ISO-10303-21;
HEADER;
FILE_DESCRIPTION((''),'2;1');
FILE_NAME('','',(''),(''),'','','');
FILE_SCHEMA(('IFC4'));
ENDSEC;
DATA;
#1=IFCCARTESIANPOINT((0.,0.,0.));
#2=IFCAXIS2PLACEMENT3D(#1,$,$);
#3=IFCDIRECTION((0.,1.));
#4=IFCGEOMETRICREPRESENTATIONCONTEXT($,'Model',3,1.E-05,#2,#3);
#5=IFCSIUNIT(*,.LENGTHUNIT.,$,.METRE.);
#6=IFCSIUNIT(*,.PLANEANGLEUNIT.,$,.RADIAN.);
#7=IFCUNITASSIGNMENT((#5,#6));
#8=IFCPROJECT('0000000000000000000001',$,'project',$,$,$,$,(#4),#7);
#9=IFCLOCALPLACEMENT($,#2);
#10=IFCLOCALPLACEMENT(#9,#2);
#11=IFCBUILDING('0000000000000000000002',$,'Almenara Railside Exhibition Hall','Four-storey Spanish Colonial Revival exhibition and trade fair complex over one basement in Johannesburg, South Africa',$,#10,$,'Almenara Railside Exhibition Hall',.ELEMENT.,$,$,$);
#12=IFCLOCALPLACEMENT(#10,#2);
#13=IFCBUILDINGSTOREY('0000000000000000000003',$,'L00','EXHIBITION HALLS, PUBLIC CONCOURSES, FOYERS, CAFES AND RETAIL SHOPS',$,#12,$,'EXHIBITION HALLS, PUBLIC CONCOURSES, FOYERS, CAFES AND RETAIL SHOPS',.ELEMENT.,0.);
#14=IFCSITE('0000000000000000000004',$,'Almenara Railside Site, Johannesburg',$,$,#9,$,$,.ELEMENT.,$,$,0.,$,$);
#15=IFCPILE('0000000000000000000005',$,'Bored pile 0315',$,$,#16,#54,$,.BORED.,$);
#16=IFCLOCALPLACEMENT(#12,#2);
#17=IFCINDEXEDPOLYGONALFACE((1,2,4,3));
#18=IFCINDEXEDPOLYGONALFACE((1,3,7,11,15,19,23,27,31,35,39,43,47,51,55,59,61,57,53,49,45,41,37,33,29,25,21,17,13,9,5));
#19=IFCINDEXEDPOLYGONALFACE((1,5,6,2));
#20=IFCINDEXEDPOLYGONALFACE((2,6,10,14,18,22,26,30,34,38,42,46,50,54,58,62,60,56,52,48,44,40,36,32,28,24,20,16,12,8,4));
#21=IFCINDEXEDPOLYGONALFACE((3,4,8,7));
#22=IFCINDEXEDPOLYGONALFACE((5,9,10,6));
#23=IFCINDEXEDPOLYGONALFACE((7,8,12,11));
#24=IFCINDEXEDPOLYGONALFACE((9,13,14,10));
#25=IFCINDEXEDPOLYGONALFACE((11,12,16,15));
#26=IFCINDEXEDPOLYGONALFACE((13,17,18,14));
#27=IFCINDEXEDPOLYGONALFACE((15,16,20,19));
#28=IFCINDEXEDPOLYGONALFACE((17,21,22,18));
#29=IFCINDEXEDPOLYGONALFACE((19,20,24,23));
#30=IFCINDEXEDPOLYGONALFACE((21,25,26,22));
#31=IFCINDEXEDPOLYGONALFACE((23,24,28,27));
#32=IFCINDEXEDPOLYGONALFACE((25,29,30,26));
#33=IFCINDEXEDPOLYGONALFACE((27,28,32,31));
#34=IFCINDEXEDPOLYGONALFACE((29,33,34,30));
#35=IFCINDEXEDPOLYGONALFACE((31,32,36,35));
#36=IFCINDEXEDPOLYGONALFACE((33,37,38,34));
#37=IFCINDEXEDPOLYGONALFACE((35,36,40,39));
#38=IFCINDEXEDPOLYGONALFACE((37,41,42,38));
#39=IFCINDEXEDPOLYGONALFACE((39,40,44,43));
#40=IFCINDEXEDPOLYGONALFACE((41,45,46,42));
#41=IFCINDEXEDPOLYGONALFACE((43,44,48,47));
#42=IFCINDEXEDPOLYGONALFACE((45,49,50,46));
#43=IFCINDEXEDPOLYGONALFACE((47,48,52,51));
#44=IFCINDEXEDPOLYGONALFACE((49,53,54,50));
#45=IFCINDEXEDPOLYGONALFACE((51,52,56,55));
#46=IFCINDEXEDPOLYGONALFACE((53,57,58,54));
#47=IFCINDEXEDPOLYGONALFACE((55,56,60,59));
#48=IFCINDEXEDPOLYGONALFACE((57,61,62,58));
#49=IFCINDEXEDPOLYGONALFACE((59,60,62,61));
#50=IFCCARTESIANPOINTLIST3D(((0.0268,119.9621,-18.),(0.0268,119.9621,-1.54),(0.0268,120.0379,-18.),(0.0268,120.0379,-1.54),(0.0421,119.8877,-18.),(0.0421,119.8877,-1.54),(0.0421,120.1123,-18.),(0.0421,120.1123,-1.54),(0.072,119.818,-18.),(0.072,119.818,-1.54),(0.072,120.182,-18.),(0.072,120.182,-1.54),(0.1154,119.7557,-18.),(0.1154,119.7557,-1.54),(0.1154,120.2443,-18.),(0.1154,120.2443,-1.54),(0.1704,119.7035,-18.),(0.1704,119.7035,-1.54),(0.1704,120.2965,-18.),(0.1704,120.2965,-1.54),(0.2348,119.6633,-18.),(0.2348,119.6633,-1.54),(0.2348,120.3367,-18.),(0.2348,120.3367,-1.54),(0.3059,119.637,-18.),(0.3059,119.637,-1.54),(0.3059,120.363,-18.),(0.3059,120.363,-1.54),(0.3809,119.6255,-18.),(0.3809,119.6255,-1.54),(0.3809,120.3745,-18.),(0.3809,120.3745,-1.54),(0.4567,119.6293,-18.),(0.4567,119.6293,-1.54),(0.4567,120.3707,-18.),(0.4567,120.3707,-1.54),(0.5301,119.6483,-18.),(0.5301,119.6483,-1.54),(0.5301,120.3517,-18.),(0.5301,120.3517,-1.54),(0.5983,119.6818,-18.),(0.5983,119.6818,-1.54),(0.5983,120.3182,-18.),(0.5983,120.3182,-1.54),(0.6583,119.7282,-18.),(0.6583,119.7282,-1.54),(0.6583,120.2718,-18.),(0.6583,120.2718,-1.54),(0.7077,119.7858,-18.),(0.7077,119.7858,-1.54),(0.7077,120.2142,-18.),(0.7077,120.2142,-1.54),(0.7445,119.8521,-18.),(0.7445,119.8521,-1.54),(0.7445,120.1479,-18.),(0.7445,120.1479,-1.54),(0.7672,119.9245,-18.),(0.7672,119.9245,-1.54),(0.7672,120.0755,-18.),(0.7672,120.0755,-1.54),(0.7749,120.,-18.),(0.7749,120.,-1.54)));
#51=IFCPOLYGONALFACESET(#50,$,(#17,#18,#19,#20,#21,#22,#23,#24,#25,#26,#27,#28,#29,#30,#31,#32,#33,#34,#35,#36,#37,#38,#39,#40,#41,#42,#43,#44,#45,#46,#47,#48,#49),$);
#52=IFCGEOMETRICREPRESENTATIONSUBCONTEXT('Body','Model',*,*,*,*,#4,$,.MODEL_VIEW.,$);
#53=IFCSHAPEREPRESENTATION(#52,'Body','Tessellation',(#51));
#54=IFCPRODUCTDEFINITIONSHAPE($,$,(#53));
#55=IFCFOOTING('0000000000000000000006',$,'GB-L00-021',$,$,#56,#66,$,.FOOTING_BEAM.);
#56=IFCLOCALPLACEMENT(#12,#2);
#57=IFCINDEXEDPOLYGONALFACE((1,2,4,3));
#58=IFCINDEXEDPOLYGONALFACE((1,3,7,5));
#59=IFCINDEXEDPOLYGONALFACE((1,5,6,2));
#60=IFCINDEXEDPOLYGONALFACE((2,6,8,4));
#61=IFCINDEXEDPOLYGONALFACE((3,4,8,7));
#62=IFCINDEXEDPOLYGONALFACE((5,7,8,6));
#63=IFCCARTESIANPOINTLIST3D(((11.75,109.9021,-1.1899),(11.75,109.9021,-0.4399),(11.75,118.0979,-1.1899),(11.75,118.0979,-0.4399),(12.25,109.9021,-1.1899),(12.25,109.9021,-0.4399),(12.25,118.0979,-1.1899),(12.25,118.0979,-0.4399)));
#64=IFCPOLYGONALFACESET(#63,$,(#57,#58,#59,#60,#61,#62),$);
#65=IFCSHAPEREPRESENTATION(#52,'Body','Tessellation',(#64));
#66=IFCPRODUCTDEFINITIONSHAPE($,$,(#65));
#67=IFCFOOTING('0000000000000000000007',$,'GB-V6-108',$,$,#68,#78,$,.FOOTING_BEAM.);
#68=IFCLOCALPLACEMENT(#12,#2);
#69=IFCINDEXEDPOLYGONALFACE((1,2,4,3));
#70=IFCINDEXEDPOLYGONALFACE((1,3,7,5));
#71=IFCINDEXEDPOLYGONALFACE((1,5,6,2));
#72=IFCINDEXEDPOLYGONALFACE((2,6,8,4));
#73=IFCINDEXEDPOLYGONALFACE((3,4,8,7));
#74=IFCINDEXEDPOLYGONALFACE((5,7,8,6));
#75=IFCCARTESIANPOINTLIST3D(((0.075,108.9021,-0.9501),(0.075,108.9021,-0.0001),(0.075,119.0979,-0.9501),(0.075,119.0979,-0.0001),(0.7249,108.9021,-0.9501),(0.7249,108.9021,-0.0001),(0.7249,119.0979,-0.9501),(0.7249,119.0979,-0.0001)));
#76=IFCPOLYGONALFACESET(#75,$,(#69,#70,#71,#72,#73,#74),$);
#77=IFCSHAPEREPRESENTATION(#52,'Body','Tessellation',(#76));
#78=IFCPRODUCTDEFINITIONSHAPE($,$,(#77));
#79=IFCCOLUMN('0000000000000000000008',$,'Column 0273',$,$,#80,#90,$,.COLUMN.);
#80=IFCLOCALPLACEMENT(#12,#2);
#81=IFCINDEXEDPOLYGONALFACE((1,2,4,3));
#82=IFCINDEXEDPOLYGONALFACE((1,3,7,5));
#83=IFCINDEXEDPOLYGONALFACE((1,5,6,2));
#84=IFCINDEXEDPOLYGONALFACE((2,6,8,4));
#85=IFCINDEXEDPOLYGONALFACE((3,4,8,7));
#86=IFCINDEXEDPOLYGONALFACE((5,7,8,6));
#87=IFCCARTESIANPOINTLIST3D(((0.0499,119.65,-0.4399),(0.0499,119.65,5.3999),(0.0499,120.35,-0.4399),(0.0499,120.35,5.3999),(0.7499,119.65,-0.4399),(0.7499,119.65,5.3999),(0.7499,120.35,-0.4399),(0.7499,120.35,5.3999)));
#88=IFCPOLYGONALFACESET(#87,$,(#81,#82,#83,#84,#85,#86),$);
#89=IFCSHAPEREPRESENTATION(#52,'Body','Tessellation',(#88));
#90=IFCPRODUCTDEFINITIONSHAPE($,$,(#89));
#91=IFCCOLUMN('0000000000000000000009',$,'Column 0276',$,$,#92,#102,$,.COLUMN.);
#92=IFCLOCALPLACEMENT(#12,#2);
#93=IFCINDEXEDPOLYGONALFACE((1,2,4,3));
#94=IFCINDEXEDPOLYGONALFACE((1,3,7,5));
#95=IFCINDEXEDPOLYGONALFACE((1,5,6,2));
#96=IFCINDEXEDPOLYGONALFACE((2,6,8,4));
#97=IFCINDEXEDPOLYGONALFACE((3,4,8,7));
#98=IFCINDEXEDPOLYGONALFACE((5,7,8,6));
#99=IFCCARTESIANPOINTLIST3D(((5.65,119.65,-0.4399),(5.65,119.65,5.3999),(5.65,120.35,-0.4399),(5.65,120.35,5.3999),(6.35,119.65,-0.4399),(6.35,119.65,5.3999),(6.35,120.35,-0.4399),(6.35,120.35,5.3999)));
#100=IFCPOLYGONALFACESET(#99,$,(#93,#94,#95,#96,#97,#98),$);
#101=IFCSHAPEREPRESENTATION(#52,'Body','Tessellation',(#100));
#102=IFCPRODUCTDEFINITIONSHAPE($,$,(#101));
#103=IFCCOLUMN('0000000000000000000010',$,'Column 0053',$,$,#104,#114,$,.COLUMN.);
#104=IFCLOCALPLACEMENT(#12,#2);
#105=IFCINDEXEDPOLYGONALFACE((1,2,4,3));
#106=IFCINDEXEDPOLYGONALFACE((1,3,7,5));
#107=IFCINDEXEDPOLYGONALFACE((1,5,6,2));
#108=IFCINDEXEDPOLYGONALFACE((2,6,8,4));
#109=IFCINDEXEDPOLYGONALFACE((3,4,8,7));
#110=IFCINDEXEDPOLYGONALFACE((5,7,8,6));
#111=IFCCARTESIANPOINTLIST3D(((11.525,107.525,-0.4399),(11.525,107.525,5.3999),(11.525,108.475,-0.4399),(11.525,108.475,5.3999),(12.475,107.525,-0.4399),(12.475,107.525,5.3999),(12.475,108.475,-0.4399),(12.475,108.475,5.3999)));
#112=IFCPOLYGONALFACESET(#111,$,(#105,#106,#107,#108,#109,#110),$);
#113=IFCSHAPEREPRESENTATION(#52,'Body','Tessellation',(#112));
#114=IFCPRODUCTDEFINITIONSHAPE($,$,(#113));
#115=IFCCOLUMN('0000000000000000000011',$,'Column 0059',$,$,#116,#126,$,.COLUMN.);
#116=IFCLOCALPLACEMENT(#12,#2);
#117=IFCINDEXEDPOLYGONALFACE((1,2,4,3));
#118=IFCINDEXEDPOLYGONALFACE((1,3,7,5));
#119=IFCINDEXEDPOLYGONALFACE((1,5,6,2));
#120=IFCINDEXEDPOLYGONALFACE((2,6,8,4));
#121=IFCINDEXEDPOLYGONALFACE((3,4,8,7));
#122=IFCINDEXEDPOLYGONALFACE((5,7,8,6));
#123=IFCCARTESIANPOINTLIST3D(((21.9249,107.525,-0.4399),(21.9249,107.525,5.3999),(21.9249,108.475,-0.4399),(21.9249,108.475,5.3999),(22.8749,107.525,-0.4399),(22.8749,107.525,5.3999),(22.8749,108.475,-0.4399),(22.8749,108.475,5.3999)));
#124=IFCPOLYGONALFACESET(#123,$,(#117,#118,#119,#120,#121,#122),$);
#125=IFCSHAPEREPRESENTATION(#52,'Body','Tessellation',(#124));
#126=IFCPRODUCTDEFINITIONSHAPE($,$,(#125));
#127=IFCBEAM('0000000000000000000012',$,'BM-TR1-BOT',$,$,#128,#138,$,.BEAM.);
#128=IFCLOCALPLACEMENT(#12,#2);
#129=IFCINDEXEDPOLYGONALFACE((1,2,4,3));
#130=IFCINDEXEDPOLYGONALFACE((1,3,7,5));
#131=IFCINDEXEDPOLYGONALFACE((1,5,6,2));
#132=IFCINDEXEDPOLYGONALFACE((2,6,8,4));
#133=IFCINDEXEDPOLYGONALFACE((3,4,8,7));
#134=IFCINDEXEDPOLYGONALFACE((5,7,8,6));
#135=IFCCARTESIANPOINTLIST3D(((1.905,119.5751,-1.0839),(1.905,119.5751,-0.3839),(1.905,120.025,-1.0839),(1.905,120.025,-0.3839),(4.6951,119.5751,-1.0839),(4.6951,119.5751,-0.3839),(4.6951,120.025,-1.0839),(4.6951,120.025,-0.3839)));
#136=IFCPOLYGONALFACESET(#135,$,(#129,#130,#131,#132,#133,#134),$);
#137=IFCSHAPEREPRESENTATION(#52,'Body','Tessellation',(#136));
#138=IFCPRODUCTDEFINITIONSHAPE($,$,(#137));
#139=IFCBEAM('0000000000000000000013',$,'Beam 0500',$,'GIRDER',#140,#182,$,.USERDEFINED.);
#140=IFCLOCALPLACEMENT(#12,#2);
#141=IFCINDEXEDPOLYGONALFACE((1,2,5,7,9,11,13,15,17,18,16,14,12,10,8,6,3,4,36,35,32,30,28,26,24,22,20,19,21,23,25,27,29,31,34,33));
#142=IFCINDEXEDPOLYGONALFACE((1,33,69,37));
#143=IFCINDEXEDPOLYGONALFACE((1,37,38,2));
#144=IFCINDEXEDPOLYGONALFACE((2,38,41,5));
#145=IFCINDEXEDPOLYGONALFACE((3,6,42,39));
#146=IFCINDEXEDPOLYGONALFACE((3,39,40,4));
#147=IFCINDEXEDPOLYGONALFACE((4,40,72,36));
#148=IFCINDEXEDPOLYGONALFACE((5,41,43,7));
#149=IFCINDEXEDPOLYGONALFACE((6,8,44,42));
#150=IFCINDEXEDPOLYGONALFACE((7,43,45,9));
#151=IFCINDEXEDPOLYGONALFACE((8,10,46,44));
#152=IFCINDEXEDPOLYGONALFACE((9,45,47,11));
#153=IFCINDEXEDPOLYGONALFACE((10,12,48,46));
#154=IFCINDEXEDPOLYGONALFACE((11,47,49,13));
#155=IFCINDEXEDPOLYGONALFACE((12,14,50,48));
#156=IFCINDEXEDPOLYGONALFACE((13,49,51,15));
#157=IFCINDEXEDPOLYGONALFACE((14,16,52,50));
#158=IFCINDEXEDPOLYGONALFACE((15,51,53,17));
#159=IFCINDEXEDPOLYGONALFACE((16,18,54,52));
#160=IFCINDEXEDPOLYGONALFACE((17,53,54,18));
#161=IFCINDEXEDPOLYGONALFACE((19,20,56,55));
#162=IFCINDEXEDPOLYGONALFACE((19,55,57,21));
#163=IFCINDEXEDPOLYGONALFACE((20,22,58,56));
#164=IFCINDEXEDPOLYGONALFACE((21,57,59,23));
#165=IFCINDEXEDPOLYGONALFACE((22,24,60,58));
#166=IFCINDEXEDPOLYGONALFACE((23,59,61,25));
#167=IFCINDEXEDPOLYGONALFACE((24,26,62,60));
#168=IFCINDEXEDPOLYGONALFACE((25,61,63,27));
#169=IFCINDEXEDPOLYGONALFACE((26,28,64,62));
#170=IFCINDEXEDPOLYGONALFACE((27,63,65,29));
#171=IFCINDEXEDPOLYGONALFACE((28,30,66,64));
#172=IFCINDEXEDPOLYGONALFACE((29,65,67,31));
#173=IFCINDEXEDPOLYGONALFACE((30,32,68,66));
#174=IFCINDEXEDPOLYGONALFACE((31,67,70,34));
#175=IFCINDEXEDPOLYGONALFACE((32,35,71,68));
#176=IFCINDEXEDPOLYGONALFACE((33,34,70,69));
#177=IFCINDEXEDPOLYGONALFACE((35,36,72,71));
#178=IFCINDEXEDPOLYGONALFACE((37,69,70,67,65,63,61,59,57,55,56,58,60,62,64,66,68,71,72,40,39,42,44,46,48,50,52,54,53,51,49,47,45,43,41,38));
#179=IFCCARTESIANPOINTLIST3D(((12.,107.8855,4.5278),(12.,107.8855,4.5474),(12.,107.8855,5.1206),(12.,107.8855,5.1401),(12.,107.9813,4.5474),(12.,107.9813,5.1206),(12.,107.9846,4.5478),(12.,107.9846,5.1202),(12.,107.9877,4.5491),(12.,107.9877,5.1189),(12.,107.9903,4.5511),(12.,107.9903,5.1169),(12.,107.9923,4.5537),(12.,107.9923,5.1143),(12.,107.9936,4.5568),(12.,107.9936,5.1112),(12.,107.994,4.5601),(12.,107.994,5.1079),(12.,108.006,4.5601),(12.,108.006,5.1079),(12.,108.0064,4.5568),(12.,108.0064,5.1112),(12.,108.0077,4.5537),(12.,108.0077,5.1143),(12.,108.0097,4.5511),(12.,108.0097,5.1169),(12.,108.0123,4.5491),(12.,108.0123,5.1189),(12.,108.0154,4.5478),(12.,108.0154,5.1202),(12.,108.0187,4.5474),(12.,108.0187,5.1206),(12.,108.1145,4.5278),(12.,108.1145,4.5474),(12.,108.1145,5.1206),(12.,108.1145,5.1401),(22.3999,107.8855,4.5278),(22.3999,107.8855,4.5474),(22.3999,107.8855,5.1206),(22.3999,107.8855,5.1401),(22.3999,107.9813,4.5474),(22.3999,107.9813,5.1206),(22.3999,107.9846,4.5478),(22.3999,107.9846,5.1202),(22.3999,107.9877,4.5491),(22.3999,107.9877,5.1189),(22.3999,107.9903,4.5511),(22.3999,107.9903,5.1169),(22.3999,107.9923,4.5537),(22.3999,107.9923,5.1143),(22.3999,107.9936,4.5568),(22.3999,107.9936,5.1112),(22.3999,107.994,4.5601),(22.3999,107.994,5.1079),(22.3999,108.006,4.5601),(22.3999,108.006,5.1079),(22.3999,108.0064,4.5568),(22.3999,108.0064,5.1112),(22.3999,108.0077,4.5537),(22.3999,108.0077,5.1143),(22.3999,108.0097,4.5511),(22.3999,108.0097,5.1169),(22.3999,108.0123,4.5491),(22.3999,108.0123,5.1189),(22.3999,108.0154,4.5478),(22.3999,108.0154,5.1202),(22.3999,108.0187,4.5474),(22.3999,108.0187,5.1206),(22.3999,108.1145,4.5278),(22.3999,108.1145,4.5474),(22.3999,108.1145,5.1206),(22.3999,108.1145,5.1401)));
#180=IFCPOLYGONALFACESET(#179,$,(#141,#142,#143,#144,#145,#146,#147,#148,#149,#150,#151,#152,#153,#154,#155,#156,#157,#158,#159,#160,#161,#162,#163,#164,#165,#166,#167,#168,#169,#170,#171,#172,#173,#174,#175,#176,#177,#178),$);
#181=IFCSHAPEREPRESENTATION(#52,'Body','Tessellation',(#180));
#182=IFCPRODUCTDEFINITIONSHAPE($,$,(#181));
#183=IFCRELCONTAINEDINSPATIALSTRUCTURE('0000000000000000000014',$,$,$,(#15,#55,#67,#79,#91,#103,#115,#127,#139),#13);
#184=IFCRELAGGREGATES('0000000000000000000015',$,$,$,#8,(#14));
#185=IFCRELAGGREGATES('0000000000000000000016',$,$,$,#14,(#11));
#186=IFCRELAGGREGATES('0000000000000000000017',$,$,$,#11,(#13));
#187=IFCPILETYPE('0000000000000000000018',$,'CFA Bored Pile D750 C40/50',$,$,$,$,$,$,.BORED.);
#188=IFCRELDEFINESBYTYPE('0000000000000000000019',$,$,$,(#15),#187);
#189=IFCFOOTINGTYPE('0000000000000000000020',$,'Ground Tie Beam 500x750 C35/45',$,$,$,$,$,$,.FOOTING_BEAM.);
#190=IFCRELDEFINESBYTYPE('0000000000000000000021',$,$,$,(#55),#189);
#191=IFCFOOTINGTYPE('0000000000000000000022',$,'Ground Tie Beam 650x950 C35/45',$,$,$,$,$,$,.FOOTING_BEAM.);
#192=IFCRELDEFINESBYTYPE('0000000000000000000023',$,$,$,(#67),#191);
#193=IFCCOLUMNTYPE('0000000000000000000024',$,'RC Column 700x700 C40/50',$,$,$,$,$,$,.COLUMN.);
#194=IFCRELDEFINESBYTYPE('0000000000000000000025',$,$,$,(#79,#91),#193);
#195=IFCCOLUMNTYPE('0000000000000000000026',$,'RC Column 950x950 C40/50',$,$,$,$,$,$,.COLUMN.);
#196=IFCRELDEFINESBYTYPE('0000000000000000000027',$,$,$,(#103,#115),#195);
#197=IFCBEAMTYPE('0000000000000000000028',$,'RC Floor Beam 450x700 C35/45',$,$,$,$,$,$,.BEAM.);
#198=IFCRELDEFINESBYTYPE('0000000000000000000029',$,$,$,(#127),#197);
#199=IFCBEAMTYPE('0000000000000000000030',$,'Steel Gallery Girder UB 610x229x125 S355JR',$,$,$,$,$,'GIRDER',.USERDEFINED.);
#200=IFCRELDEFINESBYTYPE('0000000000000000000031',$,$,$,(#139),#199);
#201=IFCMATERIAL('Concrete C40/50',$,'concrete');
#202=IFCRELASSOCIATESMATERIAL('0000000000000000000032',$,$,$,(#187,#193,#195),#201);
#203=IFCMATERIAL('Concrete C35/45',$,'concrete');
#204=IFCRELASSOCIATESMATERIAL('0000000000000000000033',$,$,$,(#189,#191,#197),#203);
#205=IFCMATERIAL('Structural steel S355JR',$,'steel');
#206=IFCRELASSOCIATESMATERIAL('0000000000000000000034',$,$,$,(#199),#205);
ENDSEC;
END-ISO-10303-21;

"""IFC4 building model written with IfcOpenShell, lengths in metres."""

from ifc_helpers import new_model, si_unit, direction, frame, origin, origin_2d, place, context, subcontext, project, spatial, rectangle, circle, i_section, extrude, material, material_profile, profile_set, type_object, element, save


model = new_model("IFC4")

# Units and contexts
model_context = context("Model", 3, precision=1e-05, world=origin(), true_north=direction((0.0, 1.0)))
body_context = subcontext(model_context, "Body", "Model", "MODEL_VIEW")
ifc_project = project(units=[si_unit("LENGTHUNIT", "METRE"), si_unit("PLANEANGLEUNIT", "RADIAN")], contexts=[model_context])

# Site, building, storey
site_placement = place(None, origin())
site = spatial("IfcSite", under=ifc_project, at=site_placement, Name="Almenara Railside Site, Johannesburg", CompositionType="ELEMENT", RefElevation=0.0)
building_placement = place(site_placement, origin())
building = spatial("IfcBuilding", under=site, at=building_placement, Name="Almenara Railside Exhibition Hall", Description="Four-storey Spanish Colonial Revival exhibition and trade fair complex over one basement in Johannesburg, South Africa", LongName="Almenara Railside Exhibition Hall", CompositionType="ELEMENT")
storey_placement = place(building_placement, origin())
storey = spatial("IfcBuildingStorey", under=building, at=storey_placement, Name="L00", Description="EXHIBITION HALLS, PUBLIC CONCOURSES, FOYERS, CAFES AND RETAIL SHOPS", LongName="EXHIBITION HALLS, PUBLIC CONCOURSES, FOYERS, CAFES AND RETAIL SHOPS", CompositionType="ELEMENT", Elevation=0.0)

# Pile
ifc_material_1 = material(Name="Concrete C40/50", Category="concrete")
ifc_material_profile_1 = material_profile(ifc_material_1, circle(Radius=0.375, at=origin_2d()), Name="CFA-PILE D750")
ifc_profile_set_1 = profile_set([ifc_material_profile_1], Name="Concrete C40/50")
pile_type_1 = type_object("IfcPileType", Name="CFA Bored Pile D750 C40/50", PredefinedType="BORED", material=ifc_profile_set_1)
pile_placement = place(storey_placement, frame((0.3999, 120.0, -1.54), z_axis=(0.0, 0.0, -1.0), x_axis=(1.0, 0.0, 0.0)))
element("IfcPile", 1, at=pile_placement, inside=storey, type_object=pile_type_1, Name="Bored pile 0315", PredefinedType="BORED", context=body_context, shape_type="SweptSolid", body=[
    extrude(circle(Radius=0.375, at=origin_2d()), origin(), (0.0, 0.0, 1.0), 16.46),
])

# Footings
ifc_material_2 = material(Name="Concrete C35/45", Category="concrete")
ifc_material_profile_2 = material_profile(ifc_material_2, rectangle(XDim=0.5, YDim=0.75, at=origin_2d()), Name="RC-GB 500x750")
ifc_profile_set_2 = profile_set([ifc_material_profile_2], Name="Concrete C35/45")
footing_type_1 = type_object("IfcFootingType", Name="Ground Tie Beam 500x750 C35/45", PredefinedType="FOOTING_BEAM", material=ifc_profile_set_2)
footing_1_placement = place(storey_placement, frame((12.0, 109.9021, -0.8149), z_axis=(0.0, 1.0, 0.0), x_axis=(-1.0, 0.0, 0.0)))
element("IfcFooting", 2, at=footing_1_placement, inside=storey, type_object=footing_type_1, Name="GB-L00-021", PredefinedType="FOOTING_BEAM", context=body_context, shape_type="SweptSolid", body=[
    extrude(rectangle(XDim=0.5, YDim=0.75, at=origin_2d()), origin(), (0.0, 0.0, 1.0), 8.1958),
])
ifc_material_profile_3 = material_profile(ifc_material_2, rectangle(XDim=0.6499, YDim=0.95, at=origin_2d()), Name="RC-GB 650x950")
ifc_profile_set_3 = profile_set([ifc_material_profile_3], Name="Concrete C35/45")
footing_type_2 = type_object("IfcFootingType", Name="Ground Tie Beam 650x950 C35/45", PredefinedType="FOOTING_BEAM", material=ifc_profile_set_3)
footing_2_placement = place(storey_placement, frame((0.3999, 108.9021, -0.4751), z_axis=(0.0, 1.0, 0.0), x_axis=(-1.0, 0.0, 0.0)))
element("IfcFooting", 3, at=footing_2_placement, inside=storey, type_object=footing_type_2, Name="GB-V6-108", PredefinedType="FOOTING_BEAM", context=body_context, shape_type="SweptSolid", body=[
    extrude(rectangle(XDim=0.6499, YDim=0.95, at=origin_2d()), origin(), (0.0, 0.0, 1.0), 10.1958),
])

# Columns
ifc_material_profile_4 = material_profile(ifc_material_1, rectangle(XDim=0.7, YDim=0.7, at=origin_2d()), Name="RC 700x700")
ifc_profile_set_4 = profile_set([ifc_material_profile_4], Name="Concrete C40/50")
column_type_1 = type_object("IfcColumnType", Name="RC Column 700x700 C40/50", PredefinedType="COLUMN", material=ifc_profile_set_4)
for number, where, z_axis, x_axis, name in (
    (4, (0.3999, 120.0, -0.4399), (0.0, 0.0, 1.0), (1.0, 0.0, 0.0), "Column 0273"),
    (5, (6.0, 120.0, -0.4399), (0.0, 0.0, 1.0), (1.0, 0.0, 0.0), "Column 0276"),
):
    element("IfcColumn", number, at=place(storey_placement, frame(where, z_axis=z_axis, x_axis=x_axis)), inside=storey, type_object=column_type_1, Name=name, PredefinedType="COLUMN", context=body_context, shape_type="SweptSolid", body=[
        extrude(rectangle(XDim=0.7, YDim=0.7, at=origin_2d()), origin(), (0.0, 0.0, 1.0), 5.8398),
    ])
ifc_material_profile_5 = material_profile(ifc_material_1, rectangle(XDim=0.95, YDim=0.95, at=origin_2d()), Name="RC 950x950")
ifc_profile_set_5 = profile_set([ifc_material_profile_5], Name="Concrete C40/50")
column_type_2 = type_object("IfcColumnType", Name="RC Column 950x950 C40/50", PredefinedType="COLUMN", material=ifc_profile_set_5)
for number, where, z_axis, x_axis, name in (
    (6, (12.0, 108.0, -0.4399), (0.0, 0.0, 1.0), (1.0, 0.0, 0.0), "Column 0053"),
    (7, (22.3999, 108.0, -0.4399), (0.0, 0.0, 1.0), (1.0, 0.0, 0.0), "Column 0059"),
):
    element("IfcColumn", number, at=place(storey_placement, frame(where, z_axis=z_axis, x_axis=x_axis)), inside=storey, type_object=column_type_2, Name=name, PredefinedType="COLUMN", context=body_context, shape_type="SweptSolid", body=[
        extrude(rectangle(XDim=0.95, YDim=0.95, at=origin_2d()), origin(), (0.0, 0.0, 1.0), 5.8398),
    ])

# Beams
ifc_material_profile_6 = material_profile(ifc_material_2, rectangle(XDim=0.45, YDim=0.7, at=origin_2d()), Name="RC 450x700")
ifc_profile_set_6 = profile_set([ifc_material_profile_6], Name="Concrete C35/45")
beam_type_1 = type_object("IfcBeamType", Name="RC Floor Beam 450x700 C35/45", PredefinedType="BEAM", material=ifc_profile_set_6)
beam_1_placement = place(storey_placement, frame((1.905, 119.8, -0.7339), z_axis=(1.0, 0.0, 0.0), x_axis=(0.0, 1.0, 0.0)))
element("IfcBeam", 8, at=beam_1_placement, inside=storey, type_object=beam_type_1, Name="BM-TR1-BOT", PredefinedType="BEAM", context=body_context, shape_type="SweptSolid", body=[
    extrude(rectangle(XDim=0.45, YDim=0.7, at=origin_2d()), origin(), (0.0, 0.0, 1.0), 2.79),
])
ifc_material_3 = material(Name="Structural steel S355JR", Category="steel")
ifc_material_profile_7 = material_profile(ifc_material_3, i_section(OverallWidth=0.229, OverallDepth=0.6123, WebThickness=0.012, FlangeThickness=0.0195, FilletRadius=0.0127, at=origin_2d()), Name="UB 610x229x125")
ifc_profile_set_7 = profile_set([ifc_material_profile_7], Name="Structural steel S355JR")
beam_type_2 = type_object("IfcBeamType", Name="Steel Gallery Girder UB 610x229x125 S355JR", ElementType="GIRDER", PredefinedType="USERDEFINED", material=ifc_profile_set_7)
beam_2_placement = place(storey_placement, frame((12.0, 108.0, 4.834), z_axis=(1.0, 0.0, 0.0), x_axis=(0.0, 1.0, 0.0)))
element("IfcBeam", 9, at=beam_2_placement, inside=storey, type_object=beam_type_2, Name="Beam 0500", ObjectType="GIRDER", PredefinedType="USERDEFINED", context=body_context, shape_type="SweptSolid", body=[
    extrude(i_section(OverallWidth=0.229, OverallDepth=0.6123, WebThickness=0.012, FlangeThickness=0.0195, FilletRadius=0.0127, at=origin_2d()), origin(), (0.0, 0.0, 1.0), 10.3999),
])

save(model, "model.ifc")
